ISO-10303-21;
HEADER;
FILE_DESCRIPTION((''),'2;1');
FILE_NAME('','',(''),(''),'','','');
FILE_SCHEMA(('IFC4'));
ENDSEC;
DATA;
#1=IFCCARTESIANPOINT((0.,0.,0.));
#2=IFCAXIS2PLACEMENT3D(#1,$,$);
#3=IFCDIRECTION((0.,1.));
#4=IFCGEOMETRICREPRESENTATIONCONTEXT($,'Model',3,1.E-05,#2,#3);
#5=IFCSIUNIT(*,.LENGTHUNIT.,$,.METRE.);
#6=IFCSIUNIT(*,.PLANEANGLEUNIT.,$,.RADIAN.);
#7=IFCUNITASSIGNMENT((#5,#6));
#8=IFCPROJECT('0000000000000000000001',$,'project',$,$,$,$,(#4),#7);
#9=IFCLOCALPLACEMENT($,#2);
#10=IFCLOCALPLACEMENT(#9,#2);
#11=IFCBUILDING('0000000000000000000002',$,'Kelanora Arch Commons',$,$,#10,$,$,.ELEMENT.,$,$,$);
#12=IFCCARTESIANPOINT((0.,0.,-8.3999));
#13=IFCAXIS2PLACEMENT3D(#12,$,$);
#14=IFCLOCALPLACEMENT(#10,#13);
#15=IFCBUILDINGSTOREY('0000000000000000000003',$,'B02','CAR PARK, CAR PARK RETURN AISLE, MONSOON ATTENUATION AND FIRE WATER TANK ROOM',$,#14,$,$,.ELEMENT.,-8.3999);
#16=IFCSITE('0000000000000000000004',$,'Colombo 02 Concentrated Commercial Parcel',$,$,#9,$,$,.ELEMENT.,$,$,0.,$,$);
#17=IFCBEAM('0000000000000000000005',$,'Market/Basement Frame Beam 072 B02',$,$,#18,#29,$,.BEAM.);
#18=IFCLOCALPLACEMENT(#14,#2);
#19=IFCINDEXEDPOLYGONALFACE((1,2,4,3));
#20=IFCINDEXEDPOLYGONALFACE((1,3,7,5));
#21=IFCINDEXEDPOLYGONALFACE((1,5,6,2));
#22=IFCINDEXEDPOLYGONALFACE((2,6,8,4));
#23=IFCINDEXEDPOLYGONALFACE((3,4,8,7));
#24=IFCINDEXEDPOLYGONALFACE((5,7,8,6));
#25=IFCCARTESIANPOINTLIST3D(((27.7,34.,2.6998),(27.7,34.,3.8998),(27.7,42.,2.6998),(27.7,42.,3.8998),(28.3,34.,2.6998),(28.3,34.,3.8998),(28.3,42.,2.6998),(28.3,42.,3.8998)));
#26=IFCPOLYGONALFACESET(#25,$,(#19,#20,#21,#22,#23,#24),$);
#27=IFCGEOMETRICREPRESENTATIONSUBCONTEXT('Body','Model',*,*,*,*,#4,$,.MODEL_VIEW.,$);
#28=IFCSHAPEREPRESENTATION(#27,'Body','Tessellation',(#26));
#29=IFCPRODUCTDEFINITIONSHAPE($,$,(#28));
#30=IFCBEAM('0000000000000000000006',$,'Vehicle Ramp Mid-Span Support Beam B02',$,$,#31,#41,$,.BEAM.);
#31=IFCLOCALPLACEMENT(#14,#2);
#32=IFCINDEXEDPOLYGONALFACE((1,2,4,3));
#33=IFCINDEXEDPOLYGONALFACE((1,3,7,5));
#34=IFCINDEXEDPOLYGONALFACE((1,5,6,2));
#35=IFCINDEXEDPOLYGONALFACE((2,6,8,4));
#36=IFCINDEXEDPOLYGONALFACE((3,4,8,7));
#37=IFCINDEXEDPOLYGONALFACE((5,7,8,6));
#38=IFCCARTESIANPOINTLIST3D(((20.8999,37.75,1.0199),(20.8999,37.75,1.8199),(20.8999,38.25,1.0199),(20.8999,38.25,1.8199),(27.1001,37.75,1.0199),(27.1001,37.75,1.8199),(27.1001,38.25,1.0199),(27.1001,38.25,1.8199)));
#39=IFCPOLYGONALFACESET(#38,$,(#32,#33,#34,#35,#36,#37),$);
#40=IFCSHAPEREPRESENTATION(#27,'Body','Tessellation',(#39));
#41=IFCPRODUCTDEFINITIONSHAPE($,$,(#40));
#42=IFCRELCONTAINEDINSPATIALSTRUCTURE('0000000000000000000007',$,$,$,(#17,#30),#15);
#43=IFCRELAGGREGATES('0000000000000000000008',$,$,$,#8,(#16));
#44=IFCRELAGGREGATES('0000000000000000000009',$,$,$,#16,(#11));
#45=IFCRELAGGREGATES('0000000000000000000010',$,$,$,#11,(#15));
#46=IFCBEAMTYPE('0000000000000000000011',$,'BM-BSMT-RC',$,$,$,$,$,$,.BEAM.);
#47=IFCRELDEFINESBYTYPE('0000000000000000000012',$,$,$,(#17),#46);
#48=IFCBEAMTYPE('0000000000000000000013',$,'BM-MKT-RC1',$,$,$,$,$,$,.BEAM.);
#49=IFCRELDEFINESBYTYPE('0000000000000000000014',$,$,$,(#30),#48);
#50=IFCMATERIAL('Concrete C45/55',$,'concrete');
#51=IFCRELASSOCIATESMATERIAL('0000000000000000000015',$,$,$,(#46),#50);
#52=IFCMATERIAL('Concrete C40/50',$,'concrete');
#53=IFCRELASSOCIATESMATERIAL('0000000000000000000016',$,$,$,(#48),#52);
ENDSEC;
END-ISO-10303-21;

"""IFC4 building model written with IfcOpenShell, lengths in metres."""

from ifc_helpers import new_model, si_unit, direction, frame, origin, origin_2d, place, context, subcontext, project, spatial, rectangle, extrude, material, material_profile, profile_set, type_object, element, save


model = new_model("IFC4")

# Units and contexts
model_context = context("Model", 3, precision=1e-05, world=origin(), true_north=direction((0.0, 1.0)))
body_context = subcontext(model_context, "Body", "Model", "MODEL_VIEW")
ifc_project = project(units=[si_unit("LENGTHUNIT", "METRE"), si_unit("PLANEANGLEUNIT", "RADIAN")], contexts=[model_context])

# Site, building, storey
site_placement = place(None, origin())
site = spatial("IfcSite", under=ifc_project, at=site_placement, Name="Colombo 02 Concentrated Commercial Parcel", CompositionType="ELEMENT", RefElevation=0.0)
building_placement = place(site_placement, origin())
building = spatial("IfcBuilding", under=site, at=building_placement, Name="Kelanora Arch Commons", CompositionType="ELEMENT")
storey_placement = place(building_placement, frame((0.0, 0.0, -8.3999)))
storey = spatial("IfcBuildingStorey", under=building, at=storey_placement, Name="B02", Description="CAR PARK, CAR PARK RETURN AISLE, MONSOON ATTENUATION AND FIRE WATER TANK ROOM", CompositionType="ELEMENT", Elevation=-8.3999)

# Shared definitions
ifc_material_1 = material(Name="Concrete C40/50", Category="concrete")

# Shared definitions
ifc_material_2 = material(Name="Concrete C45/55", Category="concrete")

# Beams
ifc_material_profile_1 = material_profile(ifc_material_2, rectangle(XDim=0.6001, YDim=1.2, at=origin_2d()), Name="RCB600x1200")
ifc_profile_set_1 = profile_set([ifc_material_profile_1], Name="Concrete C45/55")
beam_type_1 = type_object("IfcBeamType", Name="BM-BSMT-RC", PredefinedType="BEAM", material=ifc_profile_set_1)
for number, where, z_axis, x_axis, name in (
    (1, (28.0, 34.0, 3.2998), (0.0, 1.0, 0.0), (-1.0, 0.0, 0.0), "Market/Basement Frame Beam 072 B02"),
):
    element("IfcBeam", number, at=place(storey_placement, frame(where, z_axis=z_axis, x_axis=x_axis)), inside=storey, type_object=beam_type_1, Name=name, PredefinedType="BEAM", context=body_context, shape_type="SweptSolid", body=[
        extrude(rectangle(XDim=0.6001, YDim=1.2, at=origin_2d()), origin(), (0.0, 0.0, 1.0), 8.0),
    ])
ifc_material_profile_2 = material_profile(ifc_material_1, rectangle(XDim=0.5, YDim=0.8, at=origin_2d()), Name="RCB500x800")
ifc_profile_set_2 = profile_set([ifc_material_profile_2], Name="Concrete C40/50")
beam_type_2 = type_object("IfcBeamType", Name="BM-MKT-RC1", PredefinedType="BEAM", material=ifc_profile_set_2)
beam_placement = place(storey_placement, frame((20.8999, 38.0, 1.4199), z_axis=(1.0, 0.0, 0.0), x_axis=(0.0, 1.0, 0.0)))
element("IfcBeam", 2, at=beam_placement, inside=storey, type_object=beam_type_2, Name="Vehicle Ramp Mid-Span Support Beam B02", PredefinedType="BEAM", context=body_context, shape_type="SweptSolid", body=[
    extrude(rectangle(XDim=0.5, YDim=0.8, at=origin_2d()), origin(), (0.0, 0.0, 1.0), 6.2002),
])

save(model, "model.ifc")
